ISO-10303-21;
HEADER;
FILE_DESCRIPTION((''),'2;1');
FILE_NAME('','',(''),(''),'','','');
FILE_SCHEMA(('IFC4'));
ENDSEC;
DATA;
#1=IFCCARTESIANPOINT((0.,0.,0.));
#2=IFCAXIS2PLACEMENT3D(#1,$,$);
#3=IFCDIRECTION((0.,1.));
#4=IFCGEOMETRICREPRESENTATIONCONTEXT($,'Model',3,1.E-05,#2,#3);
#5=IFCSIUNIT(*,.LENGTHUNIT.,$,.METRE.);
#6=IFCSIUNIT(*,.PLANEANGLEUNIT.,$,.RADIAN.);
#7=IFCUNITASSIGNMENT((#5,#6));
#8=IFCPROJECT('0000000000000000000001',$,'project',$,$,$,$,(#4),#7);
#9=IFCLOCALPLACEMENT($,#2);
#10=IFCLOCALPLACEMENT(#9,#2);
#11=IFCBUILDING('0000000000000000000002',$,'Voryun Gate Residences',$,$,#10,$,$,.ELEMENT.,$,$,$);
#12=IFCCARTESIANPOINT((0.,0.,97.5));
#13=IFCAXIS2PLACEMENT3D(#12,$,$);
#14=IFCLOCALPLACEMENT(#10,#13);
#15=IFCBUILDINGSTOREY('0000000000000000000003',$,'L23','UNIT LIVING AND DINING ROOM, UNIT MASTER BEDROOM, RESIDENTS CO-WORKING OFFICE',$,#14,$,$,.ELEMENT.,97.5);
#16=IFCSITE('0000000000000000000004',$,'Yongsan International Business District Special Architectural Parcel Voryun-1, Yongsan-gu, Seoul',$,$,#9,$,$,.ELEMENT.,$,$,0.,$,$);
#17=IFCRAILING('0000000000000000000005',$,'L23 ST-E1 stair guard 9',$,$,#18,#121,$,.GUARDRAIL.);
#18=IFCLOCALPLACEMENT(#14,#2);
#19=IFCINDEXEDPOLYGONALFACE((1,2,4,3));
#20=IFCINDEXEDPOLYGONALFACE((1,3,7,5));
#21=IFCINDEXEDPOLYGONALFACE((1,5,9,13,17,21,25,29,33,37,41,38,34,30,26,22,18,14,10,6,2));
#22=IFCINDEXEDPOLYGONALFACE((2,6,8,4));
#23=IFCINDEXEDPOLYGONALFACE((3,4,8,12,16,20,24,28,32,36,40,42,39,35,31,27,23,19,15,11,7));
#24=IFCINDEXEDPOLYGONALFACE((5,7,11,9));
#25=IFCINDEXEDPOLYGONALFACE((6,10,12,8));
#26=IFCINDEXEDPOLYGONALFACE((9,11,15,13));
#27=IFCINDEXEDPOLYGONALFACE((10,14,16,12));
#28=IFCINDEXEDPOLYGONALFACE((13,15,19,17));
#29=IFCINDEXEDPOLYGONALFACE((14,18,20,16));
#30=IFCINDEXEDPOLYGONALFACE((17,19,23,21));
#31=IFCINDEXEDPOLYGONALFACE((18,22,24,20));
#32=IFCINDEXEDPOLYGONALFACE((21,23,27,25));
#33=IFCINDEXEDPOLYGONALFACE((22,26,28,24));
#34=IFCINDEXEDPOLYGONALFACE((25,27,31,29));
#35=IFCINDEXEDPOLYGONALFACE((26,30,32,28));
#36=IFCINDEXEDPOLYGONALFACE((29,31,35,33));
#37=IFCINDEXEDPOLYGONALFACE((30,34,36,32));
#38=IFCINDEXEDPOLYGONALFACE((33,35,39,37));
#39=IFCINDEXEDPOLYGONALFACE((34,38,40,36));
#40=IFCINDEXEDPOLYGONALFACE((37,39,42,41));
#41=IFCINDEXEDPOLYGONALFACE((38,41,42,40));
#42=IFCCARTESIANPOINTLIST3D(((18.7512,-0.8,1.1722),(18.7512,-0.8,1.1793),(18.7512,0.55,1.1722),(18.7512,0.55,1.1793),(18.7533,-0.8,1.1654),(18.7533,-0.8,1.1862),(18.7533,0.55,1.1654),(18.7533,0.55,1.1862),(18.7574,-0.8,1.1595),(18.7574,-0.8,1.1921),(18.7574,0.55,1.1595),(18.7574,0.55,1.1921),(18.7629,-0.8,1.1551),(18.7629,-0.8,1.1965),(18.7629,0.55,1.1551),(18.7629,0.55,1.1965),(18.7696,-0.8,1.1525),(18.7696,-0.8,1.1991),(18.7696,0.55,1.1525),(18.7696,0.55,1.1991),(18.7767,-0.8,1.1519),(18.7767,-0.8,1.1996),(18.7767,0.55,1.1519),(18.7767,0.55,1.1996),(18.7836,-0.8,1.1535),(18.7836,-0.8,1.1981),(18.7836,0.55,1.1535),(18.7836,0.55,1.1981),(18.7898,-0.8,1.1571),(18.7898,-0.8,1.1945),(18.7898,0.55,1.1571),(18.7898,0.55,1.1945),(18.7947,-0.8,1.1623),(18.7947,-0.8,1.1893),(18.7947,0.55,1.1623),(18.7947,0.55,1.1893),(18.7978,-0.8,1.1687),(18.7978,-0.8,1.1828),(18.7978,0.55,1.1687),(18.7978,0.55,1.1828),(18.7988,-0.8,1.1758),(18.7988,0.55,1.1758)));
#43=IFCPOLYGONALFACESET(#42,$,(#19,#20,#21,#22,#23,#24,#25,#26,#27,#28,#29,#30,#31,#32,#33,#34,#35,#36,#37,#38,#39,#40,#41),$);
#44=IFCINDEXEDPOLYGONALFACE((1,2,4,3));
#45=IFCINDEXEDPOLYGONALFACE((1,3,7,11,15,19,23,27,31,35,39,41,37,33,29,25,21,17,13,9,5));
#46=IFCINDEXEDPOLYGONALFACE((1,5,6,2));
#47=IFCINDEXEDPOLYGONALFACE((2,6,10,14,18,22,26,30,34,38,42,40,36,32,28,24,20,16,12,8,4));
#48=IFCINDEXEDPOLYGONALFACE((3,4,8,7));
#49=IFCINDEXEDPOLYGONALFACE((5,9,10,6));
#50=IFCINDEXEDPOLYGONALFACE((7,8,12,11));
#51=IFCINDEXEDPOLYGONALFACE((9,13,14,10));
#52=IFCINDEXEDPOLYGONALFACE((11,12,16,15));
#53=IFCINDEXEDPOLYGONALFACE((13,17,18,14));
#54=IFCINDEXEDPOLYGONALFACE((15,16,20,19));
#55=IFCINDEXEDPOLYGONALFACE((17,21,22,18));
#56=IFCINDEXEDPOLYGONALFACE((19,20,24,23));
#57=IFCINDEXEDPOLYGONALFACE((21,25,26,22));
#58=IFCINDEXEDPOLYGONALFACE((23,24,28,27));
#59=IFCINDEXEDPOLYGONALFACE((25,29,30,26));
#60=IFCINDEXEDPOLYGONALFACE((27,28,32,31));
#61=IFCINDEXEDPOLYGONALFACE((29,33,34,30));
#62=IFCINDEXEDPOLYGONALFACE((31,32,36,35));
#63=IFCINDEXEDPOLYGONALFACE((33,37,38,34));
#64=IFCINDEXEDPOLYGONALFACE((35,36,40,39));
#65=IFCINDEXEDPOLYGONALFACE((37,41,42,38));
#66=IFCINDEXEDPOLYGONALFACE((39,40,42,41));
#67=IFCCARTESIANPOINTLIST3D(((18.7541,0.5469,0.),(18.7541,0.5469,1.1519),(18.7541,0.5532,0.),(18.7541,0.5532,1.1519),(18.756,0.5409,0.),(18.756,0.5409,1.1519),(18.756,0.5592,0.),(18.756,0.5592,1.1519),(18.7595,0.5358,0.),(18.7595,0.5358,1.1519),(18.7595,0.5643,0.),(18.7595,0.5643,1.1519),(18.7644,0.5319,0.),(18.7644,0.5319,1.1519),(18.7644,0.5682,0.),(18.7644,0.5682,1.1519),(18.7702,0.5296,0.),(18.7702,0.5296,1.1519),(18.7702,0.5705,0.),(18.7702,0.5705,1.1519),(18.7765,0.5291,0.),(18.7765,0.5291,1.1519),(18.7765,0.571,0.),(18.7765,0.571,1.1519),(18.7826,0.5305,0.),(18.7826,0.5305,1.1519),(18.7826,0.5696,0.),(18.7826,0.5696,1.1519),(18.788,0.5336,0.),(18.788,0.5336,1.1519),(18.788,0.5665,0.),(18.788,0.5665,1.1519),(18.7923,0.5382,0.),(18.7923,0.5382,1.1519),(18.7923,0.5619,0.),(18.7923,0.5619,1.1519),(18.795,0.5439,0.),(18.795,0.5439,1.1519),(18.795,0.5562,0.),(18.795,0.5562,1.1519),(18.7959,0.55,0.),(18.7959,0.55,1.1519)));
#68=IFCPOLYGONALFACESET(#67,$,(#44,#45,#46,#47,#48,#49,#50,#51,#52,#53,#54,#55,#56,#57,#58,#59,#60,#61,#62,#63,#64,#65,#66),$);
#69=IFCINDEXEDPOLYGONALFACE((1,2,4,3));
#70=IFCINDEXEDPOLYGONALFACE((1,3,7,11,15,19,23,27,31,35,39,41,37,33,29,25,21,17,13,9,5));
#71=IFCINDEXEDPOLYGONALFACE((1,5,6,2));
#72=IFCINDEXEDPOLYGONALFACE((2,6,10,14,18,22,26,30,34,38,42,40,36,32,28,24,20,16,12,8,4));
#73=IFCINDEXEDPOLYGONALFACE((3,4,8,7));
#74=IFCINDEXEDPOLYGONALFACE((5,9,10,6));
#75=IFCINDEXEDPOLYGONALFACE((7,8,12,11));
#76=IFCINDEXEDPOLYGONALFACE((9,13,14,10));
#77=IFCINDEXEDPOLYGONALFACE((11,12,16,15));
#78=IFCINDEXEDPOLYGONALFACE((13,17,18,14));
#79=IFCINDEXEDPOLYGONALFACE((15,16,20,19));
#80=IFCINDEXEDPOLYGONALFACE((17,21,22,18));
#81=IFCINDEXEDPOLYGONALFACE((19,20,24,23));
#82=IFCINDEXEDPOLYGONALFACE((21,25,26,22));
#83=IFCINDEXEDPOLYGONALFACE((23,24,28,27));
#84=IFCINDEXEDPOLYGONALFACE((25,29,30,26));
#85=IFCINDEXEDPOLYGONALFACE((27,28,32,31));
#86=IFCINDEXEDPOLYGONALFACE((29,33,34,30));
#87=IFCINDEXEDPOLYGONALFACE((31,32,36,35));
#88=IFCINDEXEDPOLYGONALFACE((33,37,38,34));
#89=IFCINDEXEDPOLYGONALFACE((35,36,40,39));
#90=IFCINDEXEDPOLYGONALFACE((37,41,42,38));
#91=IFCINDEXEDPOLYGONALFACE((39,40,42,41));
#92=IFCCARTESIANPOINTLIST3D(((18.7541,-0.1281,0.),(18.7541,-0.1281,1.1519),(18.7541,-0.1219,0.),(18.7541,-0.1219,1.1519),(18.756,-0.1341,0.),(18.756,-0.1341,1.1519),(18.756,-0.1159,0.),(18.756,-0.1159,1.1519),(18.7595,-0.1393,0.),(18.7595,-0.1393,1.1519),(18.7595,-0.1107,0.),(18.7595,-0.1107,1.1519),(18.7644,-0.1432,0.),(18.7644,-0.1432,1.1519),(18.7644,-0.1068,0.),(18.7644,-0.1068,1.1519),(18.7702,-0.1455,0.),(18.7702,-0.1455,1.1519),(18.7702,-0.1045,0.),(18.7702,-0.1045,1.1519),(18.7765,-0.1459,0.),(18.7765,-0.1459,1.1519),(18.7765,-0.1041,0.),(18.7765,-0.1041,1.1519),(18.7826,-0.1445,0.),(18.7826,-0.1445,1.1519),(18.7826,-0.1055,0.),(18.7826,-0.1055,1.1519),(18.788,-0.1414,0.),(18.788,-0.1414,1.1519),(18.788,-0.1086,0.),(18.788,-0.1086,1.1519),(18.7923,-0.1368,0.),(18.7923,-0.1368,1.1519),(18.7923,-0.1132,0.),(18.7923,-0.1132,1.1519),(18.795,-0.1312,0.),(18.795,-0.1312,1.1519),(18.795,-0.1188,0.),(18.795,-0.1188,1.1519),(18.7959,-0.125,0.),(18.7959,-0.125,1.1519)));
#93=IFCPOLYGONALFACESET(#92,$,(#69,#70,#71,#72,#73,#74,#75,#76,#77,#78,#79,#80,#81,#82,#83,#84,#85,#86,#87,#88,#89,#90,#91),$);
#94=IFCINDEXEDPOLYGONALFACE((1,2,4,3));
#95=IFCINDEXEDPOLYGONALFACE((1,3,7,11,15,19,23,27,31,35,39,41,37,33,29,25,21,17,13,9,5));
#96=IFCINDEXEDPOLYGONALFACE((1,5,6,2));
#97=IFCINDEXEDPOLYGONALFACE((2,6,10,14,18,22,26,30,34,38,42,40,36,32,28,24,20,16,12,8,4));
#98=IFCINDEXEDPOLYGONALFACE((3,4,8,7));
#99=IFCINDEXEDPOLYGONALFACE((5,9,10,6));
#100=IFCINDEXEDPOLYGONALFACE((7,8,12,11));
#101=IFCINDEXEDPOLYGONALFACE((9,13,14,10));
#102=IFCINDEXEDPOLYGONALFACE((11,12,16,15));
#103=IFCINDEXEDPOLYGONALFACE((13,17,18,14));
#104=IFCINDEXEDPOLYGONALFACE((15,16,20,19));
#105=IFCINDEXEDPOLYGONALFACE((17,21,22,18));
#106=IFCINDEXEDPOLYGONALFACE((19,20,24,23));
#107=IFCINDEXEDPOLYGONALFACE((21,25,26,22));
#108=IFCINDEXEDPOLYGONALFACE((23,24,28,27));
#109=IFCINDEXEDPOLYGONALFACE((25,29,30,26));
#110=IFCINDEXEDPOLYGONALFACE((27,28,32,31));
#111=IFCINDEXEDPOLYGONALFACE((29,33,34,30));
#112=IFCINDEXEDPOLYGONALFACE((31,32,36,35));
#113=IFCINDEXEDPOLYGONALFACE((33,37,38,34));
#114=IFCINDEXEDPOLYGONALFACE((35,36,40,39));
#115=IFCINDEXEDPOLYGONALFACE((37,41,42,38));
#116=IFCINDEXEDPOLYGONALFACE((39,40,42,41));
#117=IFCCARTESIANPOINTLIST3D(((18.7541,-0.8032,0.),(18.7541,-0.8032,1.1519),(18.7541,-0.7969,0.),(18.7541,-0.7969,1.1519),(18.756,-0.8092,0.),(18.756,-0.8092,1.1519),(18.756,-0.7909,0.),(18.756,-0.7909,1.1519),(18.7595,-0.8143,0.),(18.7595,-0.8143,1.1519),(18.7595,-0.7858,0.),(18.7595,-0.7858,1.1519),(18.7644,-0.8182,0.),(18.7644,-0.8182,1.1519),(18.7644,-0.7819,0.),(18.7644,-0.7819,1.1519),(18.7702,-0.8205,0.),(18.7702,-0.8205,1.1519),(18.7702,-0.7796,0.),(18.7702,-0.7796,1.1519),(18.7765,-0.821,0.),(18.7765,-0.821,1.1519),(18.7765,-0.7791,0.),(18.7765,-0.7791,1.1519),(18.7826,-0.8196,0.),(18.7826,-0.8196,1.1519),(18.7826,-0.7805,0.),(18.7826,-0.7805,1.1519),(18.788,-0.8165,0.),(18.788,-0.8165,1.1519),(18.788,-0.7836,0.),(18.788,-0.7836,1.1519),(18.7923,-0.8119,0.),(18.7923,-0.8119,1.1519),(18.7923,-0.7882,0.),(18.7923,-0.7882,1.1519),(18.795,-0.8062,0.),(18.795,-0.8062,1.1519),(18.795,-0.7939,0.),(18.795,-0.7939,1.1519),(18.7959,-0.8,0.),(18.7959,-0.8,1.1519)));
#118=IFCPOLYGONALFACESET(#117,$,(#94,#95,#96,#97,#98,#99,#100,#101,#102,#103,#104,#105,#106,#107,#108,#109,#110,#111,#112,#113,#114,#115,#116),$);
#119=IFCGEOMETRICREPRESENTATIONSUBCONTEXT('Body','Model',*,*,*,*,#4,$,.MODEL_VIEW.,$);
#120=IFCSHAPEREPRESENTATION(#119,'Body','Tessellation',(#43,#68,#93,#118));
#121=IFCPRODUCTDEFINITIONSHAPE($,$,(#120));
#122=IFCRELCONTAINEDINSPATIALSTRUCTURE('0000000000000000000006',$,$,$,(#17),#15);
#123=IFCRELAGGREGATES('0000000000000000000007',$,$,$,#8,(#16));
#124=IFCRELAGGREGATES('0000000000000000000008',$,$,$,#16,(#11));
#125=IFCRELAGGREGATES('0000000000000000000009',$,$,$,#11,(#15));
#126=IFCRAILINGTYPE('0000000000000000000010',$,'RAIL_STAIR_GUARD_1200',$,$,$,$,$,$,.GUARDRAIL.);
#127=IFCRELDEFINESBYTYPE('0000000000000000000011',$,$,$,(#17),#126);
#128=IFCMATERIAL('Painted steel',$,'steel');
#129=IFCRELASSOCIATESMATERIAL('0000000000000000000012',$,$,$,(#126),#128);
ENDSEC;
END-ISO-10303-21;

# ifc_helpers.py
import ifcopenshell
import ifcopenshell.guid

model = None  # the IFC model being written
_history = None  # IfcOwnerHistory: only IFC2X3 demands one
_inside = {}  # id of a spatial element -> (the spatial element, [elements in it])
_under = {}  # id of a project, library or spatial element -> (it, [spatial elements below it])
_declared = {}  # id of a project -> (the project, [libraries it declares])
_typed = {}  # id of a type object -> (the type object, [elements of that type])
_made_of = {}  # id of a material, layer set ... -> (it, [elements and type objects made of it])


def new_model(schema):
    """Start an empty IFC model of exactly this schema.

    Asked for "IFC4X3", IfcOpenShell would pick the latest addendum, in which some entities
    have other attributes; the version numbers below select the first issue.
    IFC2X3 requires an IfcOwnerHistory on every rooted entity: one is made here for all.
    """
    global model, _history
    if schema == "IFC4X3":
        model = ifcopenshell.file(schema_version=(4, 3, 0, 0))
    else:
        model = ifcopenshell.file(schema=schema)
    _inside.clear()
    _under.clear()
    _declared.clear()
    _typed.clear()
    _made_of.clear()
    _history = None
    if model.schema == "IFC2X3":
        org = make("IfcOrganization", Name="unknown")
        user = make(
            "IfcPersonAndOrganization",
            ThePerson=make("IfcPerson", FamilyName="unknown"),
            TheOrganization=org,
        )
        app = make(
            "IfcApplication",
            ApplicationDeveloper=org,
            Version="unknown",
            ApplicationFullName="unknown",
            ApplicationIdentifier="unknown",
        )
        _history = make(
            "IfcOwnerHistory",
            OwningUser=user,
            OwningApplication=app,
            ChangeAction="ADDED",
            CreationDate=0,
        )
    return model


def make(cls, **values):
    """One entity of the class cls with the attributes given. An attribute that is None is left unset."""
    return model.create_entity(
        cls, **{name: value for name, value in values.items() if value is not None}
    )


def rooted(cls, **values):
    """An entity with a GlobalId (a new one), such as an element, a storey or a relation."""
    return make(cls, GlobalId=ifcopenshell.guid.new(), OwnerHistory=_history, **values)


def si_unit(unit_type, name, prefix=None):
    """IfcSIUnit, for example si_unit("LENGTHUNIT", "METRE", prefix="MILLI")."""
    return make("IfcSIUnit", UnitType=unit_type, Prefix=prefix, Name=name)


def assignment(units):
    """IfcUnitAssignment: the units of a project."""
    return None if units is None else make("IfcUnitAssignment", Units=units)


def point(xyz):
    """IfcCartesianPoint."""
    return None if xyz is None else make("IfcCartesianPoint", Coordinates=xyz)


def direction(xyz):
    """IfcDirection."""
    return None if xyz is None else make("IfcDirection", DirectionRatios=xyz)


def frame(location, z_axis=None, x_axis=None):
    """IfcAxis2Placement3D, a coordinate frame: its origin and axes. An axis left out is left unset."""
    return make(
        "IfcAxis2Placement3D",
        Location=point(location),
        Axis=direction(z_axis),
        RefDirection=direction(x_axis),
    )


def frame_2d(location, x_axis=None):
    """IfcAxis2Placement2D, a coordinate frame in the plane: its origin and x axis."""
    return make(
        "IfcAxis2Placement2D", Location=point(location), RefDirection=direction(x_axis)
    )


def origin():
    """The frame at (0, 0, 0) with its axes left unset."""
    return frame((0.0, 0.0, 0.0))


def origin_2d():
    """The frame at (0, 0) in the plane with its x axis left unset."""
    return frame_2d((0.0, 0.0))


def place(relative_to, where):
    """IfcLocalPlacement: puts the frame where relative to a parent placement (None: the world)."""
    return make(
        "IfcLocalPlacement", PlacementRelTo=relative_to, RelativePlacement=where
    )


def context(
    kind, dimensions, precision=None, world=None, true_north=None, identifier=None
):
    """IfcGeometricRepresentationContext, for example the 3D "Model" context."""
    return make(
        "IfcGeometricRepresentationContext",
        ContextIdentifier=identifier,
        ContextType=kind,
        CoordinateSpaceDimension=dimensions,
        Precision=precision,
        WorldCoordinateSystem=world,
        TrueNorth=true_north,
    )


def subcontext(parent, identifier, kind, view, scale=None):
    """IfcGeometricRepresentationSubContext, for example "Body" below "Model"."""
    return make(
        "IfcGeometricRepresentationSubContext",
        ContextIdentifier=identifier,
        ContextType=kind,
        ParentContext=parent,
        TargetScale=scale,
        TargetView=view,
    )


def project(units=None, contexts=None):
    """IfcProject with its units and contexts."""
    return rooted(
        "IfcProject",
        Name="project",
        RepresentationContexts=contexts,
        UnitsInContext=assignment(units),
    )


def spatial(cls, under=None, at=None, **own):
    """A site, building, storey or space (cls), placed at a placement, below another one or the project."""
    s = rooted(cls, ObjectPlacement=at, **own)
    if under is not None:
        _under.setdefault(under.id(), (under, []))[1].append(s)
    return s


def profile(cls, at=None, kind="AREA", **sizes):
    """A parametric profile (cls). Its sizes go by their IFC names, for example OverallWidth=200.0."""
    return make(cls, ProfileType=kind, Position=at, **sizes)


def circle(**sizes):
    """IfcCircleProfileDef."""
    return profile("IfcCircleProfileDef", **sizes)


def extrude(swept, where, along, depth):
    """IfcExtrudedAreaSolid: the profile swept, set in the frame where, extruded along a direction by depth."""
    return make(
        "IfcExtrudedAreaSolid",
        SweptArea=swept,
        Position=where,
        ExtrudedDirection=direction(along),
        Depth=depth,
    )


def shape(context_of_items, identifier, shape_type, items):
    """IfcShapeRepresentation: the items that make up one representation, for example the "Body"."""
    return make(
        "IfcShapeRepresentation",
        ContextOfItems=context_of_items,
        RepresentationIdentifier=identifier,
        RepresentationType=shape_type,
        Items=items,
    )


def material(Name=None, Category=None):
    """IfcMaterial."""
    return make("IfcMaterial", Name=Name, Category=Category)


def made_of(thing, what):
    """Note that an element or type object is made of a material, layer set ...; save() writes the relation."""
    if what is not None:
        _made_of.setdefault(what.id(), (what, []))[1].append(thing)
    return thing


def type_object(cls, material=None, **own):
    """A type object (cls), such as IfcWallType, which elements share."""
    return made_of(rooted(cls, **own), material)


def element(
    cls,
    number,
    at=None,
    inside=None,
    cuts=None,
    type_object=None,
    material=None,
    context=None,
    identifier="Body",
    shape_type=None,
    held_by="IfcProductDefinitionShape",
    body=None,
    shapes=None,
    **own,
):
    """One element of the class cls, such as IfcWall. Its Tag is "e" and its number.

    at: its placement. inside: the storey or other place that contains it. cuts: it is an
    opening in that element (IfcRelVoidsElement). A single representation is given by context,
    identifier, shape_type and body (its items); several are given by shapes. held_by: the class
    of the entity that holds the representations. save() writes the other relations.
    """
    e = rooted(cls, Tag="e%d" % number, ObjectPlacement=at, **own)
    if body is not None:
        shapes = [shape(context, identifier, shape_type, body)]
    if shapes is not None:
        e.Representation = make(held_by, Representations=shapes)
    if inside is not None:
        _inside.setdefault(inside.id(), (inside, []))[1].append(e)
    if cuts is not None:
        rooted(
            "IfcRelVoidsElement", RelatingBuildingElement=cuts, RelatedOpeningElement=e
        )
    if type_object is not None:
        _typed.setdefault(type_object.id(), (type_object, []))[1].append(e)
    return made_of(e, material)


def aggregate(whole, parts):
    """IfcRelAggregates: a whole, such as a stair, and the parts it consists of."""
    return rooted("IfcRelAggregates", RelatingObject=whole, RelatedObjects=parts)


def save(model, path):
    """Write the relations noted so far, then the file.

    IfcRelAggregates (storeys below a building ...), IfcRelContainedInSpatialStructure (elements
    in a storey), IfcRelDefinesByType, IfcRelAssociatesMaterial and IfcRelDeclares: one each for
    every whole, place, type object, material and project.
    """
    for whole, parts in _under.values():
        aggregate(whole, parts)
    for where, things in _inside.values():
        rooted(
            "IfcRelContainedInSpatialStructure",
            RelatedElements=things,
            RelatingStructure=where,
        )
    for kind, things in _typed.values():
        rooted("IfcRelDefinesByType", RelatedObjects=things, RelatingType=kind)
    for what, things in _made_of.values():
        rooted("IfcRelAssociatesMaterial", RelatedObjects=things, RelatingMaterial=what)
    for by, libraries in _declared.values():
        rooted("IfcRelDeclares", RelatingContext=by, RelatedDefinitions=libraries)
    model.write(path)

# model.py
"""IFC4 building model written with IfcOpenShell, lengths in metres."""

from ifc_helpers import new_model, si_unit, direction, frame, origin, origin_2d, place, context, subcontext, project, spatial, circle, extrude, material, type_object, element, save


model = new_model("IFC4")

# Units and contexts
model_context = context("Model", 3, precision=1e-05, world=origin(), true_north=direction((0.0, 1.0)))
body_context = subcontext(model_context, "Body", "Model", "MODEL_VIEW")
ifc_project = project(units=[si_unit("LENGTHUNIT", "METRE"), si_unit("PLANEANGLEUNIT", "RADIAN")], contexts=[model_context])

# Site, building, storey
site_placement = place(None, origin())
site = spatial("IfcSite", under=ifc_project, at=site_placement, Name="Yongsan International Business District Special Architectural Parcel Voryun-1, Yongsan-gu, Seoul", CompositionType="ELEMENT", RefElevation=0.0)
building_placement = place(site_placement, origin())
building = spatial("IfcBuilding", under=site, at=building_placement, Name="Voryun Gate Residences", CompositionType="ELEMENT")
storey_placement = place(building_placement, frame((0.0, 0.0, 97.5)))
storey = spatial("IfcBuildingStorey", under=building, at=storey_placement, Name="L23", Description="UNIT LIVING AND DINING ROOM, UNIT MASTER BEDROOM, RESIDENTS CO-WORKING OFFICE", CompositionType="ELEMENT", Elevation=97.5)

# Railing
ifc_material_1 = material(Name="Painted steel", Category="steel")
railing_type = type_object("IfcRailingType", Name="RAIL_STAIR_GUARD_1200", PredefinedType="GUARDRAIL", material=ifc_material_1)
railing_1_placement = place(storey_placement, frame((18.7749, 0.55, 0.0)))
element("IfcRailing", 1, at=railing_1_placement, inside=storey, type_object=railing_type, Name="L23 ST-E1 stair guard 9", PredefinedType="GUARDRAIL", context=body_context, shape_type="SweptSolid", body=[
    extrude(circle(Radius=0.0239, at=origin_2d()), frame((0.0, 0.0, 1.1758), z_axis=(0.0, -1.0, 0.0), x_axis=(1.0, 0.0, 0.0)), (0.0, 0.0, 1.0), 1.3501),
    extrude(circle(Radius=0.021, at=origin_2d()), origin(), (0.0, 0.0, 1.0), 1.1519),
    extrude(circle(Radius=0.021, at=origin_2d()), frame((0.0, -0.675, 0.0)), (0.0, 0.0, 1.0), 1.1519),
    extrude(circle(Radius=0.021, at=origin_2d()), frame((0.0, -1.3501, 0.0)), (0.0, 0.0, 1.0), 1.1519),
])

save(model, "model.ifc")
